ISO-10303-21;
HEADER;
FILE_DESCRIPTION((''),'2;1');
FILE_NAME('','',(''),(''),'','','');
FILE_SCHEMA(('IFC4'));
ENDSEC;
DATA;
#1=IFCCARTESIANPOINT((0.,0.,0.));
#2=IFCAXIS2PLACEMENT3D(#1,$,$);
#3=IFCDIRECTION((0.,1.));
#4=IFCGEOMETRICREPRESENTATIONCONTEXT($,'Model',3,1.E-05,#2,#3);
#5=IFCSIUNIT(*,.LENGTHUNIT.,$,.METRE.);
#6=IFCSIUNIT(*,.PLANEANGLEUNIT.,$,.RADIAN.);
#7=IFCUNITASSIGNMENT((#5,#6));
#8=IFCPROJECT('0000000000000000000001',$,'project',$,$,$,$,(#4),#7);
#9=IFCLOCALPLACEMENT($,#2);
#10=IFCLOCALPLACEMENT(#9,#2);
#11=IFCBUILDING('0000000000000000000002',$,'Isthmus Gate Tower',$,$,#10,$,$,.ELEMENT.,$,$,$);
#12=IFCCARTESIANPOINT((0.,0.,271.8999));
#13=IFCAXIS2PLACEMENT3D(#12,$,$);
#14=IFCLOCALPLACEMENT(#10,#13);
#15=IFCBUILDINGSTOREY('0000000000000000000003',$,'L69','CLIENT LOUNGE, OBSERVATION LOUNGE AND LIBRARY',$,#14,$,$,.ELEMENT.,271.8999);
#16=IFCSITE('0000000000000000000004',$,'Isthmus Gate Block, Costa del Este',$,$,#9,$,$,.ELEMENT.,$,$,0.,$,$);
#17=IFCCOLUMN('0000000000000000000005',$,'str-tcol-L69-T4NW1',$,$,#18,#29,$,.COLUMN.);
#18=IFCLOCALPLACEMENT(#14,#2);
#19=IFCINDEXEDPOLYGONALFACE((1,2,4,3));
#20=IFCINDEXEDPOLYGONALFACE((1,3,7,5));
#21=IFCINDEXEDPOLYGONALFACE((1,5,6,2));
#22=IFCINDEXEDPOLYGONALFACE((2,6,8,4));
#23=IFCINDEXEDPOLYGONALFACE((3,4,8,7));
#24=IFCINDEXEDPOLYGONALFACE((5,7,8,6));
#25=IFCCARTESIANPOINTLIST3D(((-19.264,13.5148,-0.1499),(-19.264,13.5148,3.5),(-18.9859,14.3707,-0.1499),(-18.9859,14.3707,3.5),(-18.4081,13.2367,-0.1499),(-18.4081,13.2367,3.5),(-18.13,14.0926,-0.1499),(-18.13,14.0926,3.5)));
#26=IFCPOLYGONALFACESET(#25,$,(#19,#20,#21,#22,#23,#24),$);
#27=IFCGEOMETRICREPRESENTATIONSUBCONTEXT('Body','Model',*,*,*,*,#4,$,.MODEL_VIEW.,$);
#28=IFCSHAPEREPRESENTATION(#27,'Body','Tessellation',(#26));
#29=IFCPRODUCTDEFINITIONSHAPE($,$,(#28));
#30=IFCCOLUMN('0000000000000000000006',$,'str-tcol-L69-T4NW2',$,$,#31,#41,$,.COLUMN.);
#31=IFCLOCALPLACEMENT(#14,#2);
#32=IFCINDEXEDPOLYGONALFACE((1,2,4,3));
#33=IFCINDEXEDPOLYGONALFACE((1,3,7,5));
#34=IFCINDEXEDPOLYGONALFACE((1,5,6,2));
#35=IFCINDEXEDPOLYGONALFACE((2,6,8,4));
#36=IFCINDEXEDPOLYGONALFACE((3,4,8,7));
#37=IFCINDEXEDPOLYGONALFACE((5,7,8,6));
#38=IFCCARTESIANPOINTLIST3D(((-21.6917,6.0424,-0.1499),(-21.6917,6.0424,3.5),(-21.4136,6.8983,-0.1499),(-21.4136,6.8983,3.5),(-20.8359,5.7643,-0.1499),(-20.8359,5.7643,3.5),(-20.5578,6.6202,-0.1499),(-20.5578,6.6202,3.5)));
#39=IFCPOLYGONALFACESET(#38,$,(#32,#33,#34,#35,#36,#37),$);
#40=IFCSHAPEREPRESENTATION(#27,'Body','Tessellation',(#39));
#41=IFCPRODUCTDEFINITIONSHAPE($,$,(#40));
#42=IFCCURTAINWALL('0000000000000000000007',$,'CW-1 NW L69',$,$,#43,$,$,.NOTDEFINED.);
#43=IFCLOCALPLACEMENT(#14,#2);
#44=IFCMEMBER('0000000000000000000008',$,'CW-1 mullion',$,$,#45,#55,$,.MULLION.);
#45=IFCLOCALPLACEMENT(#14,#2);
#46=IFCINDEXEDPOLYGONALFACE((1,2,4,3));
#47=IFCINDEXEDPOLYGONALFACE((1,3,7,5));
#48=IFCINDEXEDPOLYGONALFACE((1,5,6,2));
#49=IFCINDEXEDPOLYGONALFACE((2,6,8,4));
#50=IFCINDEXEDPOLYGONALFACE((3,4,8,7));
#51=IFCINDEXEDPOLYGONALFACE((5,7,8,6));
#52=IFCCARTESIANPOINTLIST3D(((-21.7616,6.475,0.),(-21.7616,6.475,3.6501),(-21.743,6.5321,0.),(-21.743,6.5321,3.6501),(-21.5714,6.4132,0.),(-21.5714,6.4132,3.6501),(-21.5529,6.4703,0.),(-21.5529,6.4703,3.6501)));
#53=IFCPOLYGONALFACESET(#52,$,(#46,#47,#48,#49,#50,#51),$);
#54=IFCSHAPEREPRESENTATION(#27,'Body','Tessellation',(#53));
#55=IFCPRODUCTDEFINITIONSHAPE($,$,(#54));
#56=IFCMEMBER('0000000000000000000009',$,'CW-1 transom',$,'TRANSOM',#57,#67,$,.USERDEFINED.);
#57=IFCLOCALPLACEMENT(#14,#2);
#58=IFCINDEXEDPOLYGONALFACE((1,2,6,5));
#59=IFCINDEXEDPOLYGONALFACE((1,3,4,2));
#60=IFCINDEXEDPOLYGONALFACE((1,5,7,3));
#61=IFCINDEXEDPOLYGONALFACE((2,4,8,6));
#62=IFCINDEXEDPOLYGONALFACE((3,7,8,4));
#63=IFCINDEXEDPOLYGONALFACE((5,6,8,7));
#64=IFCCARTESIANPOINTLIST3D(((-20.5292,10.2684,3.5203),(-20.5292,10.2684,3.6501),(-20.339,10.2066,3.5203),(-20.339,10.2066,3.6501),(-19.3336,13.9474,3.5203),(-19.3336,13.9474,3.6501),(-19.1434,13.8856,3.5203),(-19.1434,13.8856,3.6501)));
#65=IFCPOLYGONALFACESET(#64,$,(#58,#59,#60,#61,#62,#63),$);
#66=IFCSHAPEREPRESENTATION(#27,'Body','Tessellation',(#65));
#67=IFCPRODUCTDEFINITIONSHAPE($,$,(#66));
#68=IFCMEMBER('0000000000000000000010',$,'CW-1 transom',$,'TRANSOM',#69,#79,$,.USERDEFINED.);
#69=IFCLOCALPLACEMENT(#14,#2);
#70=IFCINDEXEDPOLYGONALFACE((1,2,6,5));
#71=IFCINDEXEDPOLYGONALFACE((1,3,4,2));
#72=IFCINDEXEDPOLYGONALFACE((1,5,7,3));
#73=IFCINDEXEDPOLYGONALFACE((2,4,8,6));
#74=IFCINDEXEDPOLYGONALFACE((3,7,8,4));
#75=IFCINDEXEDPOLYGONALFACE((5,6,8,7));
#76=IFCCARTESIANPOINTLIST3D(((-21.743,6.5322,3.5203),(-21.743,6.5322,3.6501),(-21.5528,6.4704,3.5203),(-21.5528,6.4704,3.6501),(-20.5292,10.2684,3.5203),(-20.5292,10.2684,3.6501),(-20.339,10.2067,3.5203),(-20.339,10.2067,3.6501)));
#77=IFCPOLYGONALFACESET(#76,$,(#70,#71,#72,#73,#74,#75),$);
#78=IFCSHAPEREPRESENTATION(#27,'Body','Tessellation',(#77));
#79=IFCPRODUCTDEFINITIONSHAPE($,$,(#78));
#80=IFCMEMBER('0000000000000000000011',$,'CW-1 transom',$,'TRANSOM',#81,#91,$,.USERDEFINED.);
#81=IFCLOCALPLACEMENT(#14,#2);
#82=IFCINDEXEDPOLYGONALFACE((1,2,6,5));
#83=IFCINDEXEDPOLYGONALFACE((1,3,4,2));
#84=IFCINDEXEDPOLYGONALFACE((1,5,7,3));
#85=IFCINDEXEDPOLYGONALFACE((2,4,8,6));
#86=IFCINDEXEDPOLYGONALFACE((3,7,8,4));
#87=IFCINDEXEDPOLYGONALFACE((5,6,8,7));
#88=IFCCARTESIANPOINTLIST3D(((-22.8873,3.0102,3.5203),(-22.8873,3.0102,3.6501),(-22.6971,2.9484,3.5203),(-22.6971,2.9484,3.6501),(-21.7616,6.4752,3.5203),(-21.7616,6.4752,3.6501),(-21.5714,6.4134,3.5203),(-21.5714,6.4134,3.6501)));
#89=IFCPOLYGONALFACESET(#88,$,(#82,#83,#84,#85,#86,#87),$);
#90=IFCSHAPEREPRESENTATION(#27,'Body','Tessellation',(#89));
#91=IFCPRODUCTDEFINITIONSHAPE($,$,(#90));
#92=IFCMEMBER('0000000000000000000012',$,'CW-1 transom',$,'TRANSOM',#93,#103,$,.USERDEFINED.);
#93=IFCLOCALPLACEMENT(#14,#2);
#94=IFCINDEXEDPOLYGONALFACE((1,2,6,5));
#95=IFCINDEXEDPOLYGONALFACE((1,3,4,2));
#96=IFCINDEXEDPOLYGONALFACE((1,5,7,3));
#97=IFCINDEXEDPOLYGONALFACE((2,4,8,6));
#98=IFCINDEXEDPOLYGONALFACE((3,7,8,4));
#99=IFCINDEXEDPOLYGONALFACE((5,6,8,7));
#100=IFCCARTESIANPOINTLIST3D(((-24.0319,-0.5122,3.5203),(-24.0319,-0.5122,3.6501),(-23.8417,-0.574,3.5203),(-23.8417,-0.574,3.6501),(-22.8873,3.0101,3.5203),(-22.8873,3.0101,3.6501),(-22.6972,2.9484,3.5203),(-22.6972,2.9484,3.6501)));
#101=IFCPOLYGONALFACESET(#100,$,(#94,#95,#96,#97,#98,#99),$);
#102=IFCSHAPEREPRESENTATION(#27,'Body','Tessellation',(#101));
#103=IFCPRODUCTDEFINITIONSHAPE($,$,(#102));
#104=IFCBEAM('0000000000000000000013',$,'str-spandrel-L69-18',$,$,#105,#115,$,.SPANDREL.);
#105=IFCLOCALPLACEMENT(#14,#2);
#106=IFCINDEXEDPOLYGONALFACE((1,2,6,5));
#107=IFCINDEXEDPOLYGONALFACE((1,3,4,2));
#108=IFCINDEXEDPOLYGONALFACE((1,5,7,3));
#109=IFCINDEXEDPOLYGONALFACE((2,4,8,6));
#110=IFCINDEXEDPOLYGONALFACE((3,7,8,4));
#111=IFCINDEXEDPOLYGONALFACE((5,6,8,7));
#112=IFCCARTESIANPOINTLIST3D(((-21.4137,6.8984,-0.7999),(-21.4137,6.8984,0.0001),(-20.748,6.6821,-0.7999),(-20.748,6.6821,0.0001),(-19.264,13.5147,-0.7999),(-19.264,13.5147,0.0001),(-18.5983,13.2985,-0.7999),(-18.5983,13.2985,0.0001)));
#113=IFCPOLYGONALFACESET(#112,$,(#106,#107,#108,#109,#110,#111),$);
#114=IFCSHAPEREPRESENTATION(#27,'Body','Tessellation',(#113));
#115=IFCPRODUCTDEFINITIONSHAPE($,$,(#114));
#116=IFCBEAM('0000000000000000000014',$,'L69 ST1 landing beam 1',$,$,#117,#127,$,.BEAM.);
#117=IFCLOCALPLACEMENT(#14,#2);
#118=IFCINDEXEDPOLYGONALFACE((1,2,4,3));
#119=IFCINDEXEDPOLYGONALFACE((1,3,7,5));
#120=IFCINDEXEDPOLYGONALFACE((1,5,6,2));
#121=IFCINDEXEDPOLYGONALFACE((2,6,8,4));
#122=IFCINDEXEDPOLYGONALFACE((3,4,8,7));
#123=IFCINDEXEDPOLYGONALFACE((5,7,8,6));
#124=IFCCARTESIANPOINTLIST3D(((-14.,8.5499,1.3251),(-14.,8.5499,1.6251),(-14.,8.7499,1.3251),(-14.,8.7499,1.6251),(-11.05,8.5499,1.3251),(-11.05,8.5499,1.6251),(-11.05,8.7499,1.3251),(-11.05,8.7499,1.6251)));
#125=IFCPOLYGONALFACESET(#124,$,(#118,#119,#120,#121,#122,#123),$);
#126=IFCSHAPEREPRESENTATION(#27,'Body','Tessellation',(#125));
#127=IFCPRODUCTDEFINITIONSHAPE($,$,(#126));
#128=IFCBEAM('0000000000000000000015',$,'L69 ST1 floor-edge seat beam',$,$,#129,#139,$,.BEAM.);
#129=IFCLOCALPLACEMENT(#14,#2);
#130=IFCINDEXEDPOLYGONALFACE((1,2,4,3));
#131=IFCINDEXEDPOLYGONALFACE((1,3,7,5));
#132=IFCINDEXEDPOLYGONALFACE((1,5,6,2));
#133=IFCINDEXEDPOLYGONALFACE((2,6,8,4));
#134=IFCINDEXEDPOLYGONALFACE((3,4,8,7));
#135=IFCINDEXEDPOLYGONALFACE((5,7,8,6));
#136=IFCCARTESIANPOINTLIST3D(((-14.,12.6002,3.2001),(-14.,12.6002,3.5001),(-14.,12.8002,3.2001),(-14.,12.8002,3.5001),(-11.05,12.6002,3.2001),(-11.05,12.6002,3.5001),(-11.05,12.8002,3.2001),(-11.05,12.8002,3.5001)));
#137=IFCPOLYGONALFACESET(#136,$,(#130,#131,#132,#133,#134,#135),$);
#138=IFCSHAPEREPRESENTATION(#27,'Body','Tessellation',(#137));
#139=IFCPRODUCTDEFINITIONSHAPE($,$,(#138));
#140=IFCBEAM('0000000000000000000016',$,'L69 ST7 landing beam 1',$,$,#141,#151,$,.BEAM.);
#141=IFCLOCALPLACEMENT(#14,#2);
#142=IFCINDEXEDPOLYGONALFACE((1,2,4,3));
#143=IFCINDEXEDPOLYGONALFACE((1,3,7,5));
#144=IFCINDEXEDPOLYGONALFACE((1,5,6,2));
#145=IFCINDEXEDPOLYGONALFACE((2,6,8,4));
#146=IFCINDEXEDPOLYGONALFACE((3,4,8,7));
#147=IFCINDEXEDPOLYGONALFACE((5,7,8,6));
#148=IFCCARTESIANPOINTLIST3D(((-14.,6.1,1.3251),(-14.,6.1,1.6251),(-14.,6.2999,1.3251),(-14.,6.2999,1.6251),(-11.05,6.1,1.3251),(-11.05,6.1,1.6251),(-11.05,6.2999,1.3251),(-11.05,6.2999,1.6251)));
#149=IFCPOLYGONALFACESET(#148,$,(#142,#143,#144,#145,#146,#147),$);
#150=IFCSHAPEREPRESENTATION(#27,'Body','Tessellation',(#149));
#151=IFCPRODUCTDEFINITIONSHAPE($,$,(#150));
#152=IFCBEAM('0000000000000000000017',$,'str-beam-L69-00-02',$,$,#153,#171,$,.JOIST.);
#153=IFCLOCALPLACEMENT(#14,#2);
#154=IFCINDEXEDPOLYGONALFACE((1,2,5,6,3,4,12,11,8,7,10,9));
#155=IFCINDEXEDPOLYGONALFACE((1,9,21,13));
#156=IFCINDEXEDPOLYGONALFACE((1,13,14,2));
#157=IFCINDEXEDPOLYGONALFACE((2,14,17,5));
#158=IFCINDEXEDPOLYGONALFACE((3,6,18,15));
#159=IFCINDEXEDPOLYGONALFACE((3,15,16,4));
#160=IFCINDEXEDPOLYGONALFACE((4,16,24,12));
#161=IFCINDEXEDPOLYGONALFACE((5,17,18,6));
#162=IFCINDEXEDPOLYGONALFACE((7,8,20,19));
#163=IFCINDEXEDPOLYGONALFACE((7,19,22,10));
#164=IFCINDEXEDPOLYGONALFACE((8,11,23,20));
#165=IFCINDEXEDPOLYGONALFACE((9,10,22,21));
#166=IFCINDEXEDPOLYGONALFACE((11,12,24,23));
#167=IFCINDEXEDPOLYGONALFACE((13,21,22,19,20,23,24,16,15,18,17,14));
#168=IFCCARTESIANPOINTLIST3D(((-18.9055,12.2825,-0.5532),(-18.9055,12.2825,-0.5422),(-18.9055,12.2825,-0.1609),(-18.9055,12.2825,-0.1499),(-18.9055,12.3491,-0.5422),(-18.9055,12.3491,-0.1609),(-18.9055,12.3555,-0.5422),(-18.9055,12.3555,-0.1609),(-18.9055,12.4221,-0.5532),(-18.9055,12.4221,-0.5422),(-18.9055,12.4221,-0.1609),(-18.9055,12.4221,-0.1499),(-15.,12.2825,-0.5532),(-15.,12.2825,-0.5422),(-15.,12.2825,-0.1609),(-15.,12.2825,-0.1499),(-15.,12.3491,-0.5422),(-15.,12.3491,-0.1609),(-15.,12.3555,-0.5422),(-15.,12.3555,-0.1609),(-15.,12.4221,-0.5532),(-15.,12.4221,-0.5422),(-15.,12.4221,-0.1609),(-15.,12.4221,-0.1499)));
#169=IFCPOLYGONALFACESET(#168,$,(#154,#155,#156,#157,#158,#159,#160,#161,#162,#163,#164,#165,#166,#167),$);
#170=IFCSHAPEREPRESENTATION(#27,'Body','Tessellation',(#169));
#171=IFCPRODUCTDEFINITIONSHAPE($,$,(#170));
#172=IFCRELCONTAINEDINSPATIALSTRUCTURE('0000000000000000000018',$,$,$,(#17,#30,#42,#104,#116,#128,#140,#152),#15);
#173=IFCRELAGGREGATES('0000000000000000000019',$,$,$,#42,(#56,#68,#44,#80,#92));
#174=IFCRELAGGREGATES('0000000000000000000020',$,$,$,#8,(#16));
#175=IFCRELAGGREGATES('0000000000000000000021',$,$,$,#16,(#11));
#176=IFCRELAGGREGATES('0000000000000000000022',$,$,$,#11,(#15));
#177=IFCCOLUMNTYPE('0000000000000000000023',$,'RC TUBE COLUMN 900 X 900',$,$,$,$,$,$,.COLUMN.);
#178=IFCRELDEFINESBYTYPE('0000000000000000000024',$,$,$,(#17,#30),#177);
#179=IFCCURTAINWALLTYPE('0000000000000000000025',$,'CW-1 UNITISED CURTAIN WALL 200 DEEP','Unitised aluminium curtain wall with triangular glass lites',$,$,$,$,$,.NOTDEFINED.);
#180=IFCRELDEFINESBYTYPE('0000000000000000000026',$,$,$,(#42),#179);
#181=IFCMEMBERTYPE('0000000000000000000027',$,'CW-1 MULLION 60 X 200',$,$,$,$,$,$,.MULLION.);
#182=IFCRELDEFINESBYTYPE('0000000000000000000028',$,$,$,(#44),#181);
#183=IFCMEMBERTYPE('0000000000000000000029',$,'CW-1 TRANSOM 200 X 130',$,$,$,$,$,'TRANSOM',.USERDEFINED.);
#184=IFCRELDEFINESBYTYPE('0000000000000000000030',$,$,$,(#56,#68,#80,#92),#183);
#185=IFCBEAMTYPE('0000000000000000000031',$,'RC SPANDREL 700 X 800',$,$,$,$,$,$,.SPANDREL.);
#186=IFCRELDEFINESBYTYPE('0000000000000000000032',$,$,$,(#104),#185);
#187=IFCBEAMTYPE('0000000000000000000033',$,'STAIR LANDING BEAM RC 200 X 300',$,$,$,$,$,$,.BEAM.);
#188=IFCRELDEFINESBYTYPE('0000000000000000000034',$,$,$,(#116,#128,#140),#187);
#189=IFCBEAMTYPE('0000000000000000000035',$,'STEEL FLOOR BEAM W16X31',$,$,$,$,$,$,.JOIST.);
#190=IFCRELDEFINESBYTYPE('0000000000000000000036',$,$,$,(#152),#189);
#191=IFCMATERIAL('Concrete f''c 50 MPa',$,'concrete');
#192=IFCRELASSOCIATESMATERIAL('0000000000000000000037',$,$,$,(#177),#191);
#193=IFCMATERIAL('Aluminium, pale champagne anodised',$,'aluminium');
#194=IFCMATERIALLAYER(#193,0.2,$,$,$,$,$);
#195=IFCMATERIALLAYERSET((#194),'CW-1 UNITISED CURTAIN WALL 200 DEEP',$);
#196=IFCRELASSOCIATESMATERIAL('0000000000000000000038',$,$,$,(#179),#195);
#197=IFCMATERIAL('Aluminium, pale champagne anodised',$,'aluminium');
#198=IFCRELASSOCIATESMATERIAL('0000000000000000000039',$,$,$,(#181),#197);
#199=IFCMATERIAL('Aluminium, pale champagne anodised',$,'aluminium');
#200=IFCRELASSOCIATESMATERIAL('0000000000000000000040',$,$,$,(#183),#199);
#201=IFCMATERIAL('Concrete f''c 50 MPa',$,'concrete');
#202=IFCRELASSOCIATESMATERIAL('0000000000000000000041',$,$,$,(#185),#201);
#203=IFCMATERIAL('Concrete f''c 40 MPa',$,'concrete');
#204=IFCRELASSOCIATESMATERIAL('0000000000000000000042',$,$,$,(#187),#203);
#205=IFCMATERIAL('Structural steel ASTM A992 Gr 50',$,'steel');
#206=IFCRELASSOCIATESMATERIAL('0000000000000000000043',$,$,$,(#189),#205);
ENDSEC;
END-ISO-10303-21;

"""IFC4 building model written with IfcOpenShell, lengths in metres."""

from ifc_helpers import new_model, si_unit, direction, frame, origin, origin_2d, place, context, subcontext, project, spatial, rectangle, i_section, extrude, material, layer, layer_set, material_profile, profile_set, type_object, element, aggregate, save


model = new_model("IFC4")

# Units and contexts
model_context = context("Model", 3, precision=1e-05, world=origin(), true_north=direction((0.0, 1.0)))
body_context = subcontext(model_context, "Body", "Model", "MODEL_VIEW")
ifc_project = project(units=[si_unit("LENGTHUNIT", "METRE"), si_unit("PLANEANGLEUNIT", "RADIAN")], contexts=[model_context])

# Site, building, storey
site_placement = place(None, origin())
site = spatial("IfcSite", under=ifc_project, at=site_placement, Name="Isthmus Gate Block, Costa del Este", CompositionType="ELEMENT", RefElevation=0.0)
building_placement = place(site_placement, origin())
building = spatial("IfcBuilding", under=site, at=building_placement, Name="Isthmus Gate Tower", CompositionType="ELEMENT")
storey_placement = place(building_placement, frame((0.0, 0.0, 271.8999)))
storey = spatial("IfcBuildingStorey", under=building, at=storey_placement, Name="L69", Description="CLIENT LOUNGE, OBSERVATION LOUNGE AND LIBRARY", CompositionType="ELEMENT", Elevation=271.8999)

# Columns
ifc_material_1 = material(Name="Concrete f'c 50 MPa", Category="concrete")
ifc_material_profile_1 = material_profile(ifc_material_1, rectangle(XDim=0.8999, YDim=0.8999, at=origin_2d()), Name="RC 900X900")
ifc_profile_set_1 = profile_set([ifc_material_profile_1], Name="Concrete f'c 50 MPa")
column_type = type_object("IfcColumnType", Name="RC TUBE COLUMN 900 X 900", PredefinedType="COLUMN", material=ifc_profile_set_1)
for number, where, z_axis, x_axis, name in (
    (1, (-18.697, 13.8037, -0.1499), (0.0, 0.0, 1.0), (-0.309017, -0.951057, 0.0), "str-tcol-L69-T4NW1"),
    (2, (-21.1248, 6.3313, -0.1499), (0.0, 0.0, 1.0), (-0.309017, -0.951057, 0.0), "str-tcol-L69-T4NW2"),
):
    element("IfcColumn", number, at=place(storey_placement, frame(where, z_axis=z_axis, x_axis=x_axis)), inside=storey, type_object=column_type, Name=name, PredefinedType="COLUMN", context=body_context, shape_type="SweptSolid", body=[
        extrude(rectangle(XDim=0.8999, YDim=0.8999, at=origin_2d()), origin(), (0.0, 0.0, 1.0), 3.6499),
    ])

# Curtain wall, members
ifc_material_2 = material(Name="Aluminium, pale champagne anodised", Category="aluminium")
ifc_layer_1 = layer(ifc_material_2, 0.2)
ifc_layer_set_1 = layer_set([ifc_layer_1], Name="CW-1 UNITISED CURTAIN WALL 200 DEEP")
curtain_wall_type = type_object("IfcCurtainWallType", Name="CW-1 UNITISED CURTAIN WALL 200 DEEP", Description="Unitised aluminium curtain wall with triangular glass lites", PredefinedType="NOTDEFINED", material=ifc_layer_set_1)
curtain_wall_placement = place(storey_placement, origin())
curtain_wall = element("IfcCurtainWall", 3, at=curtain_wall_placement, inside=storey, type_object=curtain_wall_type, Name="CW-1 NW L69", PredefinedType="NOTDEFINED")
ifc_material_3 = material(Name="Aluminium, pale champagne anodised", Category="aluminium")
ifc_material_profile_2 = material_profile(ifc_material_3, rectangle(XDim=0.0601, YDim=0.2, at=origin_2d()), Name="60x200")
ifc_profile_set_2 = profile_set([ifc_material_profile_2], Name="Aluminium, pale champagne anodised")
member_type_1 = type_object("IfcMemberType", Name="CW-1 MULLION 60 X 200", PredefinedType="MULLION", material=ifc_profile_set_2)
member_1_placement = place(storey_placement, frame((-21.6572, 6.4727, 0.0), z_axis=(0.0, 0.0, 1.0), x_axis=(-0.309017, -0.951057, 0.0)))
member_1 = element("IfcMember", 4, at=member_1_placement, type_object=member_type_1, Name="CW-1 mullion", PredefinedType="MULLION", context=body_context, shape_type="SweptSolid", body=[
    extrude(rectangle(XDim=0.0601, YDim=0.2, at=origin_2d()), origin(), (0.0, 0.0, 1.0), 3.6501),
])
ifc_material_4 = material(Name="Aluminium, pale champagne anodised", Category="aluminium")
ifc_material_profile_3 = material_profile(ifc_material_4, rectangle(XDim=0.2, YDim=0.1299, at=origin_2d()), Name="200x130")
ifc_profile_set_3 = profile_set([ifc_material_profile_3], Name="Aluminium, pale champagne anodised")
member_type_2 = type_object("IfcMemberType", Name="CW-1 TRANSOM 200 X 130", ElementType="TRANSOM", PredefinedType="USERDEFINED", material=ifc_profile_set_3)
member_2_placement = place(storey_placement, frame((-19.2385, 13.9165, 3.5852), z_axis=(-0.309062, -0.951042, 0.0), x_axis=(0.951042, -0.309062, 0.0)))
member_2 = element("IfcMember", 5, at=member_2_placement, type_object=member_type_2, Name="CW-1 transom", ObjectType="TRANSOM", PredefinedType="USERDEFINED", context=body_context, shape_type="SweptSolid", body=[
    extrude(rectangle(XDim=0.2, YDim=0.1299, at=origin_2d()), origin(), (0.0, 0.0, 1.0), 3.8684),
])
member_3_placement = place(storey_placement, frame((-20.4341, 10.2375, 3.5852), z_axis=(-0.308985, -0.951067, 0.0), x_axis=(0.951067, -0.308985, 0.0)))
member_3 = element("IfcMember", 6, at=member_3_placement, type_object=member_type_2, Name="CW-1 transom", ObjectType="TRANSOM", PredefinedType="USERDEFINED", context=body_context, shape_type="SweptSolid", body=[
    extrude(rectangle(XDim=0.2, YDim=0.1299, at=origin_2d()), origin(), (0.0, 0.0, 1.0), 3.9285),
])
member_4_placement = place(storey_placement, frame((-21.6665, 6.4443, 3.5852), z_axis=(-0.308982, -0.951068, 0.0), x_axis=(0.951068, -0.308982, 0.0)))
member_4 = element("IfcMember", 7, at=member_4_placement, type_object=member_type_2, Name="CW-1 transom", ObjectType="TRANSOM", PredefinedType="USERDEFINED", context=body_context, shape_type="SweptSolid", body=[
    extrude(rectangle(XDim=0.2, YDim=0.1299, at=origin_2d()), origin(), (0.0, 0.0, 1.0), 3.6433),
])
member_5_placement = place(storey_placement, frame((-22.7922, 2.9792, 3.5852), z_axis=(-0.30904, -0.951049, 0.0), x_axis=(0.951049, -0.30904, 0.0)))
member_5 = element("IfcMember", 8, at=member_5_placement, type_object=member_type_2, Name="CW-1 transom", ObjectType="TRANSOM", PredefinedType="USERDEFINED", context=body_context, shape_type="SweptSolid", body=[
    extrude(rectangle(XDim=0.2, YDim=0.1299, at=origin_2d()), origin(), (0.0, 0.0, 1.0), 3.7036),
])

# Beams
ifc_material_5 = material(Name="Concrete f'c 50 MPa", Category="concrete")
ifc_material_profile_4 = material_profile(ifc_material_5, rectangle(XDim=0.7, YDim=0.8, at=origin_2d()), Name="RC 700X800")
ifc_profile_set_4 = profile_set([ifc_material_profile_4], Name="Concrete f'c 50 MPa")
beam_type_1 = type_object("IfcBeamType", Name="RC SPANDREL 700 X 800", PredefinedType="SPANDREL", material=ifc_profile_set_4)
beam_1_placement = place(storey_placement, frame((-21.0808, 6.7903, -0.3999), z_axis=(0.309007, 0.95106, 0.0), x_axis=(-0.95106, 0.309007, 0.0)))
element("IfcBeam", 9, at=beam_1_placement, inside=storey, type_object=beam_type_1, Name="str-spandrel-L69-18", PredefinedType="SPANDREL", context=body_context, shape_type="SweptSolid", body=[
    extrude(rectangle(XDim=0.7, YDim=0.8, at=origin_2d()), origin(), (0.0, 0.0, 1.0), 6.9568),
])
ifc_material_6 = material(Name="Concrete f'c 40 MPa", Category="concrete")
ifc_material_profile_5 = material_profile(ifc_material_6, rectangle(XDim=0.2, YDim=0.3, at=origin_2d()), Name="STAIR LANDING BEAM RC 200 X 300")
ifc_profile_set_5 = profile_set([ifc_material_profile_5], Name="Concrete f'c 40 MPa")
beam_type_2 = type_object("IfcBeamType", Name="STAIR LANDING BEAM RC 200 X 300", PredefinedType="BEAM", material=ifc_profile_set_5)
for number, where, z_axis, x_axis, name in (
    (10, (-14.0, 8.6499, 1.4751), (1.0, 0.0, 0.0), (0.0, 1.0, 0.0), "L69 ST1 landing beam 1"),
    (11, (-14.0, 12.7002, 3.3501), (1.0, 0.0, 0.0), (0.0, 1.0, 0.0), "L69 ST1 floor-edge seat beam"),
    (12, (-14.0, 6.2, 1.4751), (1.0, 0.0, 0.0), (0.0, 1.0, 0.0), "L69 ST7 landing beam 1"),
):
    element("IfcBeam", number, at=place(storey_placement, frame(where, z_axis=z_axis, x_axis=x_axis)), inside=storey, type_object=beam_type_2, Name=name, PredefinedType="BEAM", context=body_context, shape_type="SweptSolid", body=[
        extrude(rectangle(XDim=0.2, YDim=0.3, at=origin_2d()), origin(), (0.0, 0.0, 1.0), 2.95),
    ])
ifc_material_7 = material(Name="Structural steel ASTM A992 Gr 50", Category="steel")
ifc_material_profile_6 = material_profile(ifc_material_7, i_section(OverallWidth=0.1396, OverallDepth=0.4033, WebThickness=0.0063, FlangeThickness=0.011, at=origin_2d()), Name="W16X31")
ifc_profile_set_6 = profile_set([ifc_material_profile_6], Name="Structural steel ASTM A992 Gr 50")
beam_type_3 = type_object("IfcBeamType", Name="STEEL FLOOR BEAM W16X31", PredefinedType="JOIST", material=ifc_profile_set_6)
beam_2_placement = place(storey_placement, frame((-18.9055, 12.3523, -0.3516), z_axis=(1.0, 0.0, 0.0), x_axis=(0.0, 1.0, 0.0)))
element("IfcBeam", 13, at=beam_2_placement, inside=storey, type_object=beam_type_3, Name="str-beam-L69-00-02", PredefinedType="JOIST", context=body_context, shape_type="SweptSolid", body=[
    extrude(i_section(OverallWidth=0.1396, OverallDepth=0.4033, WebThickness=0.0063, FlangeThickness=0.011, at=origin_2d()), origin(), (0.0, 0.0, 1.0), 3.9055),
])

aggregate(curtain_wall, [member_2, member_3, member_1, member_4, member_5])

save(model, "model.ifc")
